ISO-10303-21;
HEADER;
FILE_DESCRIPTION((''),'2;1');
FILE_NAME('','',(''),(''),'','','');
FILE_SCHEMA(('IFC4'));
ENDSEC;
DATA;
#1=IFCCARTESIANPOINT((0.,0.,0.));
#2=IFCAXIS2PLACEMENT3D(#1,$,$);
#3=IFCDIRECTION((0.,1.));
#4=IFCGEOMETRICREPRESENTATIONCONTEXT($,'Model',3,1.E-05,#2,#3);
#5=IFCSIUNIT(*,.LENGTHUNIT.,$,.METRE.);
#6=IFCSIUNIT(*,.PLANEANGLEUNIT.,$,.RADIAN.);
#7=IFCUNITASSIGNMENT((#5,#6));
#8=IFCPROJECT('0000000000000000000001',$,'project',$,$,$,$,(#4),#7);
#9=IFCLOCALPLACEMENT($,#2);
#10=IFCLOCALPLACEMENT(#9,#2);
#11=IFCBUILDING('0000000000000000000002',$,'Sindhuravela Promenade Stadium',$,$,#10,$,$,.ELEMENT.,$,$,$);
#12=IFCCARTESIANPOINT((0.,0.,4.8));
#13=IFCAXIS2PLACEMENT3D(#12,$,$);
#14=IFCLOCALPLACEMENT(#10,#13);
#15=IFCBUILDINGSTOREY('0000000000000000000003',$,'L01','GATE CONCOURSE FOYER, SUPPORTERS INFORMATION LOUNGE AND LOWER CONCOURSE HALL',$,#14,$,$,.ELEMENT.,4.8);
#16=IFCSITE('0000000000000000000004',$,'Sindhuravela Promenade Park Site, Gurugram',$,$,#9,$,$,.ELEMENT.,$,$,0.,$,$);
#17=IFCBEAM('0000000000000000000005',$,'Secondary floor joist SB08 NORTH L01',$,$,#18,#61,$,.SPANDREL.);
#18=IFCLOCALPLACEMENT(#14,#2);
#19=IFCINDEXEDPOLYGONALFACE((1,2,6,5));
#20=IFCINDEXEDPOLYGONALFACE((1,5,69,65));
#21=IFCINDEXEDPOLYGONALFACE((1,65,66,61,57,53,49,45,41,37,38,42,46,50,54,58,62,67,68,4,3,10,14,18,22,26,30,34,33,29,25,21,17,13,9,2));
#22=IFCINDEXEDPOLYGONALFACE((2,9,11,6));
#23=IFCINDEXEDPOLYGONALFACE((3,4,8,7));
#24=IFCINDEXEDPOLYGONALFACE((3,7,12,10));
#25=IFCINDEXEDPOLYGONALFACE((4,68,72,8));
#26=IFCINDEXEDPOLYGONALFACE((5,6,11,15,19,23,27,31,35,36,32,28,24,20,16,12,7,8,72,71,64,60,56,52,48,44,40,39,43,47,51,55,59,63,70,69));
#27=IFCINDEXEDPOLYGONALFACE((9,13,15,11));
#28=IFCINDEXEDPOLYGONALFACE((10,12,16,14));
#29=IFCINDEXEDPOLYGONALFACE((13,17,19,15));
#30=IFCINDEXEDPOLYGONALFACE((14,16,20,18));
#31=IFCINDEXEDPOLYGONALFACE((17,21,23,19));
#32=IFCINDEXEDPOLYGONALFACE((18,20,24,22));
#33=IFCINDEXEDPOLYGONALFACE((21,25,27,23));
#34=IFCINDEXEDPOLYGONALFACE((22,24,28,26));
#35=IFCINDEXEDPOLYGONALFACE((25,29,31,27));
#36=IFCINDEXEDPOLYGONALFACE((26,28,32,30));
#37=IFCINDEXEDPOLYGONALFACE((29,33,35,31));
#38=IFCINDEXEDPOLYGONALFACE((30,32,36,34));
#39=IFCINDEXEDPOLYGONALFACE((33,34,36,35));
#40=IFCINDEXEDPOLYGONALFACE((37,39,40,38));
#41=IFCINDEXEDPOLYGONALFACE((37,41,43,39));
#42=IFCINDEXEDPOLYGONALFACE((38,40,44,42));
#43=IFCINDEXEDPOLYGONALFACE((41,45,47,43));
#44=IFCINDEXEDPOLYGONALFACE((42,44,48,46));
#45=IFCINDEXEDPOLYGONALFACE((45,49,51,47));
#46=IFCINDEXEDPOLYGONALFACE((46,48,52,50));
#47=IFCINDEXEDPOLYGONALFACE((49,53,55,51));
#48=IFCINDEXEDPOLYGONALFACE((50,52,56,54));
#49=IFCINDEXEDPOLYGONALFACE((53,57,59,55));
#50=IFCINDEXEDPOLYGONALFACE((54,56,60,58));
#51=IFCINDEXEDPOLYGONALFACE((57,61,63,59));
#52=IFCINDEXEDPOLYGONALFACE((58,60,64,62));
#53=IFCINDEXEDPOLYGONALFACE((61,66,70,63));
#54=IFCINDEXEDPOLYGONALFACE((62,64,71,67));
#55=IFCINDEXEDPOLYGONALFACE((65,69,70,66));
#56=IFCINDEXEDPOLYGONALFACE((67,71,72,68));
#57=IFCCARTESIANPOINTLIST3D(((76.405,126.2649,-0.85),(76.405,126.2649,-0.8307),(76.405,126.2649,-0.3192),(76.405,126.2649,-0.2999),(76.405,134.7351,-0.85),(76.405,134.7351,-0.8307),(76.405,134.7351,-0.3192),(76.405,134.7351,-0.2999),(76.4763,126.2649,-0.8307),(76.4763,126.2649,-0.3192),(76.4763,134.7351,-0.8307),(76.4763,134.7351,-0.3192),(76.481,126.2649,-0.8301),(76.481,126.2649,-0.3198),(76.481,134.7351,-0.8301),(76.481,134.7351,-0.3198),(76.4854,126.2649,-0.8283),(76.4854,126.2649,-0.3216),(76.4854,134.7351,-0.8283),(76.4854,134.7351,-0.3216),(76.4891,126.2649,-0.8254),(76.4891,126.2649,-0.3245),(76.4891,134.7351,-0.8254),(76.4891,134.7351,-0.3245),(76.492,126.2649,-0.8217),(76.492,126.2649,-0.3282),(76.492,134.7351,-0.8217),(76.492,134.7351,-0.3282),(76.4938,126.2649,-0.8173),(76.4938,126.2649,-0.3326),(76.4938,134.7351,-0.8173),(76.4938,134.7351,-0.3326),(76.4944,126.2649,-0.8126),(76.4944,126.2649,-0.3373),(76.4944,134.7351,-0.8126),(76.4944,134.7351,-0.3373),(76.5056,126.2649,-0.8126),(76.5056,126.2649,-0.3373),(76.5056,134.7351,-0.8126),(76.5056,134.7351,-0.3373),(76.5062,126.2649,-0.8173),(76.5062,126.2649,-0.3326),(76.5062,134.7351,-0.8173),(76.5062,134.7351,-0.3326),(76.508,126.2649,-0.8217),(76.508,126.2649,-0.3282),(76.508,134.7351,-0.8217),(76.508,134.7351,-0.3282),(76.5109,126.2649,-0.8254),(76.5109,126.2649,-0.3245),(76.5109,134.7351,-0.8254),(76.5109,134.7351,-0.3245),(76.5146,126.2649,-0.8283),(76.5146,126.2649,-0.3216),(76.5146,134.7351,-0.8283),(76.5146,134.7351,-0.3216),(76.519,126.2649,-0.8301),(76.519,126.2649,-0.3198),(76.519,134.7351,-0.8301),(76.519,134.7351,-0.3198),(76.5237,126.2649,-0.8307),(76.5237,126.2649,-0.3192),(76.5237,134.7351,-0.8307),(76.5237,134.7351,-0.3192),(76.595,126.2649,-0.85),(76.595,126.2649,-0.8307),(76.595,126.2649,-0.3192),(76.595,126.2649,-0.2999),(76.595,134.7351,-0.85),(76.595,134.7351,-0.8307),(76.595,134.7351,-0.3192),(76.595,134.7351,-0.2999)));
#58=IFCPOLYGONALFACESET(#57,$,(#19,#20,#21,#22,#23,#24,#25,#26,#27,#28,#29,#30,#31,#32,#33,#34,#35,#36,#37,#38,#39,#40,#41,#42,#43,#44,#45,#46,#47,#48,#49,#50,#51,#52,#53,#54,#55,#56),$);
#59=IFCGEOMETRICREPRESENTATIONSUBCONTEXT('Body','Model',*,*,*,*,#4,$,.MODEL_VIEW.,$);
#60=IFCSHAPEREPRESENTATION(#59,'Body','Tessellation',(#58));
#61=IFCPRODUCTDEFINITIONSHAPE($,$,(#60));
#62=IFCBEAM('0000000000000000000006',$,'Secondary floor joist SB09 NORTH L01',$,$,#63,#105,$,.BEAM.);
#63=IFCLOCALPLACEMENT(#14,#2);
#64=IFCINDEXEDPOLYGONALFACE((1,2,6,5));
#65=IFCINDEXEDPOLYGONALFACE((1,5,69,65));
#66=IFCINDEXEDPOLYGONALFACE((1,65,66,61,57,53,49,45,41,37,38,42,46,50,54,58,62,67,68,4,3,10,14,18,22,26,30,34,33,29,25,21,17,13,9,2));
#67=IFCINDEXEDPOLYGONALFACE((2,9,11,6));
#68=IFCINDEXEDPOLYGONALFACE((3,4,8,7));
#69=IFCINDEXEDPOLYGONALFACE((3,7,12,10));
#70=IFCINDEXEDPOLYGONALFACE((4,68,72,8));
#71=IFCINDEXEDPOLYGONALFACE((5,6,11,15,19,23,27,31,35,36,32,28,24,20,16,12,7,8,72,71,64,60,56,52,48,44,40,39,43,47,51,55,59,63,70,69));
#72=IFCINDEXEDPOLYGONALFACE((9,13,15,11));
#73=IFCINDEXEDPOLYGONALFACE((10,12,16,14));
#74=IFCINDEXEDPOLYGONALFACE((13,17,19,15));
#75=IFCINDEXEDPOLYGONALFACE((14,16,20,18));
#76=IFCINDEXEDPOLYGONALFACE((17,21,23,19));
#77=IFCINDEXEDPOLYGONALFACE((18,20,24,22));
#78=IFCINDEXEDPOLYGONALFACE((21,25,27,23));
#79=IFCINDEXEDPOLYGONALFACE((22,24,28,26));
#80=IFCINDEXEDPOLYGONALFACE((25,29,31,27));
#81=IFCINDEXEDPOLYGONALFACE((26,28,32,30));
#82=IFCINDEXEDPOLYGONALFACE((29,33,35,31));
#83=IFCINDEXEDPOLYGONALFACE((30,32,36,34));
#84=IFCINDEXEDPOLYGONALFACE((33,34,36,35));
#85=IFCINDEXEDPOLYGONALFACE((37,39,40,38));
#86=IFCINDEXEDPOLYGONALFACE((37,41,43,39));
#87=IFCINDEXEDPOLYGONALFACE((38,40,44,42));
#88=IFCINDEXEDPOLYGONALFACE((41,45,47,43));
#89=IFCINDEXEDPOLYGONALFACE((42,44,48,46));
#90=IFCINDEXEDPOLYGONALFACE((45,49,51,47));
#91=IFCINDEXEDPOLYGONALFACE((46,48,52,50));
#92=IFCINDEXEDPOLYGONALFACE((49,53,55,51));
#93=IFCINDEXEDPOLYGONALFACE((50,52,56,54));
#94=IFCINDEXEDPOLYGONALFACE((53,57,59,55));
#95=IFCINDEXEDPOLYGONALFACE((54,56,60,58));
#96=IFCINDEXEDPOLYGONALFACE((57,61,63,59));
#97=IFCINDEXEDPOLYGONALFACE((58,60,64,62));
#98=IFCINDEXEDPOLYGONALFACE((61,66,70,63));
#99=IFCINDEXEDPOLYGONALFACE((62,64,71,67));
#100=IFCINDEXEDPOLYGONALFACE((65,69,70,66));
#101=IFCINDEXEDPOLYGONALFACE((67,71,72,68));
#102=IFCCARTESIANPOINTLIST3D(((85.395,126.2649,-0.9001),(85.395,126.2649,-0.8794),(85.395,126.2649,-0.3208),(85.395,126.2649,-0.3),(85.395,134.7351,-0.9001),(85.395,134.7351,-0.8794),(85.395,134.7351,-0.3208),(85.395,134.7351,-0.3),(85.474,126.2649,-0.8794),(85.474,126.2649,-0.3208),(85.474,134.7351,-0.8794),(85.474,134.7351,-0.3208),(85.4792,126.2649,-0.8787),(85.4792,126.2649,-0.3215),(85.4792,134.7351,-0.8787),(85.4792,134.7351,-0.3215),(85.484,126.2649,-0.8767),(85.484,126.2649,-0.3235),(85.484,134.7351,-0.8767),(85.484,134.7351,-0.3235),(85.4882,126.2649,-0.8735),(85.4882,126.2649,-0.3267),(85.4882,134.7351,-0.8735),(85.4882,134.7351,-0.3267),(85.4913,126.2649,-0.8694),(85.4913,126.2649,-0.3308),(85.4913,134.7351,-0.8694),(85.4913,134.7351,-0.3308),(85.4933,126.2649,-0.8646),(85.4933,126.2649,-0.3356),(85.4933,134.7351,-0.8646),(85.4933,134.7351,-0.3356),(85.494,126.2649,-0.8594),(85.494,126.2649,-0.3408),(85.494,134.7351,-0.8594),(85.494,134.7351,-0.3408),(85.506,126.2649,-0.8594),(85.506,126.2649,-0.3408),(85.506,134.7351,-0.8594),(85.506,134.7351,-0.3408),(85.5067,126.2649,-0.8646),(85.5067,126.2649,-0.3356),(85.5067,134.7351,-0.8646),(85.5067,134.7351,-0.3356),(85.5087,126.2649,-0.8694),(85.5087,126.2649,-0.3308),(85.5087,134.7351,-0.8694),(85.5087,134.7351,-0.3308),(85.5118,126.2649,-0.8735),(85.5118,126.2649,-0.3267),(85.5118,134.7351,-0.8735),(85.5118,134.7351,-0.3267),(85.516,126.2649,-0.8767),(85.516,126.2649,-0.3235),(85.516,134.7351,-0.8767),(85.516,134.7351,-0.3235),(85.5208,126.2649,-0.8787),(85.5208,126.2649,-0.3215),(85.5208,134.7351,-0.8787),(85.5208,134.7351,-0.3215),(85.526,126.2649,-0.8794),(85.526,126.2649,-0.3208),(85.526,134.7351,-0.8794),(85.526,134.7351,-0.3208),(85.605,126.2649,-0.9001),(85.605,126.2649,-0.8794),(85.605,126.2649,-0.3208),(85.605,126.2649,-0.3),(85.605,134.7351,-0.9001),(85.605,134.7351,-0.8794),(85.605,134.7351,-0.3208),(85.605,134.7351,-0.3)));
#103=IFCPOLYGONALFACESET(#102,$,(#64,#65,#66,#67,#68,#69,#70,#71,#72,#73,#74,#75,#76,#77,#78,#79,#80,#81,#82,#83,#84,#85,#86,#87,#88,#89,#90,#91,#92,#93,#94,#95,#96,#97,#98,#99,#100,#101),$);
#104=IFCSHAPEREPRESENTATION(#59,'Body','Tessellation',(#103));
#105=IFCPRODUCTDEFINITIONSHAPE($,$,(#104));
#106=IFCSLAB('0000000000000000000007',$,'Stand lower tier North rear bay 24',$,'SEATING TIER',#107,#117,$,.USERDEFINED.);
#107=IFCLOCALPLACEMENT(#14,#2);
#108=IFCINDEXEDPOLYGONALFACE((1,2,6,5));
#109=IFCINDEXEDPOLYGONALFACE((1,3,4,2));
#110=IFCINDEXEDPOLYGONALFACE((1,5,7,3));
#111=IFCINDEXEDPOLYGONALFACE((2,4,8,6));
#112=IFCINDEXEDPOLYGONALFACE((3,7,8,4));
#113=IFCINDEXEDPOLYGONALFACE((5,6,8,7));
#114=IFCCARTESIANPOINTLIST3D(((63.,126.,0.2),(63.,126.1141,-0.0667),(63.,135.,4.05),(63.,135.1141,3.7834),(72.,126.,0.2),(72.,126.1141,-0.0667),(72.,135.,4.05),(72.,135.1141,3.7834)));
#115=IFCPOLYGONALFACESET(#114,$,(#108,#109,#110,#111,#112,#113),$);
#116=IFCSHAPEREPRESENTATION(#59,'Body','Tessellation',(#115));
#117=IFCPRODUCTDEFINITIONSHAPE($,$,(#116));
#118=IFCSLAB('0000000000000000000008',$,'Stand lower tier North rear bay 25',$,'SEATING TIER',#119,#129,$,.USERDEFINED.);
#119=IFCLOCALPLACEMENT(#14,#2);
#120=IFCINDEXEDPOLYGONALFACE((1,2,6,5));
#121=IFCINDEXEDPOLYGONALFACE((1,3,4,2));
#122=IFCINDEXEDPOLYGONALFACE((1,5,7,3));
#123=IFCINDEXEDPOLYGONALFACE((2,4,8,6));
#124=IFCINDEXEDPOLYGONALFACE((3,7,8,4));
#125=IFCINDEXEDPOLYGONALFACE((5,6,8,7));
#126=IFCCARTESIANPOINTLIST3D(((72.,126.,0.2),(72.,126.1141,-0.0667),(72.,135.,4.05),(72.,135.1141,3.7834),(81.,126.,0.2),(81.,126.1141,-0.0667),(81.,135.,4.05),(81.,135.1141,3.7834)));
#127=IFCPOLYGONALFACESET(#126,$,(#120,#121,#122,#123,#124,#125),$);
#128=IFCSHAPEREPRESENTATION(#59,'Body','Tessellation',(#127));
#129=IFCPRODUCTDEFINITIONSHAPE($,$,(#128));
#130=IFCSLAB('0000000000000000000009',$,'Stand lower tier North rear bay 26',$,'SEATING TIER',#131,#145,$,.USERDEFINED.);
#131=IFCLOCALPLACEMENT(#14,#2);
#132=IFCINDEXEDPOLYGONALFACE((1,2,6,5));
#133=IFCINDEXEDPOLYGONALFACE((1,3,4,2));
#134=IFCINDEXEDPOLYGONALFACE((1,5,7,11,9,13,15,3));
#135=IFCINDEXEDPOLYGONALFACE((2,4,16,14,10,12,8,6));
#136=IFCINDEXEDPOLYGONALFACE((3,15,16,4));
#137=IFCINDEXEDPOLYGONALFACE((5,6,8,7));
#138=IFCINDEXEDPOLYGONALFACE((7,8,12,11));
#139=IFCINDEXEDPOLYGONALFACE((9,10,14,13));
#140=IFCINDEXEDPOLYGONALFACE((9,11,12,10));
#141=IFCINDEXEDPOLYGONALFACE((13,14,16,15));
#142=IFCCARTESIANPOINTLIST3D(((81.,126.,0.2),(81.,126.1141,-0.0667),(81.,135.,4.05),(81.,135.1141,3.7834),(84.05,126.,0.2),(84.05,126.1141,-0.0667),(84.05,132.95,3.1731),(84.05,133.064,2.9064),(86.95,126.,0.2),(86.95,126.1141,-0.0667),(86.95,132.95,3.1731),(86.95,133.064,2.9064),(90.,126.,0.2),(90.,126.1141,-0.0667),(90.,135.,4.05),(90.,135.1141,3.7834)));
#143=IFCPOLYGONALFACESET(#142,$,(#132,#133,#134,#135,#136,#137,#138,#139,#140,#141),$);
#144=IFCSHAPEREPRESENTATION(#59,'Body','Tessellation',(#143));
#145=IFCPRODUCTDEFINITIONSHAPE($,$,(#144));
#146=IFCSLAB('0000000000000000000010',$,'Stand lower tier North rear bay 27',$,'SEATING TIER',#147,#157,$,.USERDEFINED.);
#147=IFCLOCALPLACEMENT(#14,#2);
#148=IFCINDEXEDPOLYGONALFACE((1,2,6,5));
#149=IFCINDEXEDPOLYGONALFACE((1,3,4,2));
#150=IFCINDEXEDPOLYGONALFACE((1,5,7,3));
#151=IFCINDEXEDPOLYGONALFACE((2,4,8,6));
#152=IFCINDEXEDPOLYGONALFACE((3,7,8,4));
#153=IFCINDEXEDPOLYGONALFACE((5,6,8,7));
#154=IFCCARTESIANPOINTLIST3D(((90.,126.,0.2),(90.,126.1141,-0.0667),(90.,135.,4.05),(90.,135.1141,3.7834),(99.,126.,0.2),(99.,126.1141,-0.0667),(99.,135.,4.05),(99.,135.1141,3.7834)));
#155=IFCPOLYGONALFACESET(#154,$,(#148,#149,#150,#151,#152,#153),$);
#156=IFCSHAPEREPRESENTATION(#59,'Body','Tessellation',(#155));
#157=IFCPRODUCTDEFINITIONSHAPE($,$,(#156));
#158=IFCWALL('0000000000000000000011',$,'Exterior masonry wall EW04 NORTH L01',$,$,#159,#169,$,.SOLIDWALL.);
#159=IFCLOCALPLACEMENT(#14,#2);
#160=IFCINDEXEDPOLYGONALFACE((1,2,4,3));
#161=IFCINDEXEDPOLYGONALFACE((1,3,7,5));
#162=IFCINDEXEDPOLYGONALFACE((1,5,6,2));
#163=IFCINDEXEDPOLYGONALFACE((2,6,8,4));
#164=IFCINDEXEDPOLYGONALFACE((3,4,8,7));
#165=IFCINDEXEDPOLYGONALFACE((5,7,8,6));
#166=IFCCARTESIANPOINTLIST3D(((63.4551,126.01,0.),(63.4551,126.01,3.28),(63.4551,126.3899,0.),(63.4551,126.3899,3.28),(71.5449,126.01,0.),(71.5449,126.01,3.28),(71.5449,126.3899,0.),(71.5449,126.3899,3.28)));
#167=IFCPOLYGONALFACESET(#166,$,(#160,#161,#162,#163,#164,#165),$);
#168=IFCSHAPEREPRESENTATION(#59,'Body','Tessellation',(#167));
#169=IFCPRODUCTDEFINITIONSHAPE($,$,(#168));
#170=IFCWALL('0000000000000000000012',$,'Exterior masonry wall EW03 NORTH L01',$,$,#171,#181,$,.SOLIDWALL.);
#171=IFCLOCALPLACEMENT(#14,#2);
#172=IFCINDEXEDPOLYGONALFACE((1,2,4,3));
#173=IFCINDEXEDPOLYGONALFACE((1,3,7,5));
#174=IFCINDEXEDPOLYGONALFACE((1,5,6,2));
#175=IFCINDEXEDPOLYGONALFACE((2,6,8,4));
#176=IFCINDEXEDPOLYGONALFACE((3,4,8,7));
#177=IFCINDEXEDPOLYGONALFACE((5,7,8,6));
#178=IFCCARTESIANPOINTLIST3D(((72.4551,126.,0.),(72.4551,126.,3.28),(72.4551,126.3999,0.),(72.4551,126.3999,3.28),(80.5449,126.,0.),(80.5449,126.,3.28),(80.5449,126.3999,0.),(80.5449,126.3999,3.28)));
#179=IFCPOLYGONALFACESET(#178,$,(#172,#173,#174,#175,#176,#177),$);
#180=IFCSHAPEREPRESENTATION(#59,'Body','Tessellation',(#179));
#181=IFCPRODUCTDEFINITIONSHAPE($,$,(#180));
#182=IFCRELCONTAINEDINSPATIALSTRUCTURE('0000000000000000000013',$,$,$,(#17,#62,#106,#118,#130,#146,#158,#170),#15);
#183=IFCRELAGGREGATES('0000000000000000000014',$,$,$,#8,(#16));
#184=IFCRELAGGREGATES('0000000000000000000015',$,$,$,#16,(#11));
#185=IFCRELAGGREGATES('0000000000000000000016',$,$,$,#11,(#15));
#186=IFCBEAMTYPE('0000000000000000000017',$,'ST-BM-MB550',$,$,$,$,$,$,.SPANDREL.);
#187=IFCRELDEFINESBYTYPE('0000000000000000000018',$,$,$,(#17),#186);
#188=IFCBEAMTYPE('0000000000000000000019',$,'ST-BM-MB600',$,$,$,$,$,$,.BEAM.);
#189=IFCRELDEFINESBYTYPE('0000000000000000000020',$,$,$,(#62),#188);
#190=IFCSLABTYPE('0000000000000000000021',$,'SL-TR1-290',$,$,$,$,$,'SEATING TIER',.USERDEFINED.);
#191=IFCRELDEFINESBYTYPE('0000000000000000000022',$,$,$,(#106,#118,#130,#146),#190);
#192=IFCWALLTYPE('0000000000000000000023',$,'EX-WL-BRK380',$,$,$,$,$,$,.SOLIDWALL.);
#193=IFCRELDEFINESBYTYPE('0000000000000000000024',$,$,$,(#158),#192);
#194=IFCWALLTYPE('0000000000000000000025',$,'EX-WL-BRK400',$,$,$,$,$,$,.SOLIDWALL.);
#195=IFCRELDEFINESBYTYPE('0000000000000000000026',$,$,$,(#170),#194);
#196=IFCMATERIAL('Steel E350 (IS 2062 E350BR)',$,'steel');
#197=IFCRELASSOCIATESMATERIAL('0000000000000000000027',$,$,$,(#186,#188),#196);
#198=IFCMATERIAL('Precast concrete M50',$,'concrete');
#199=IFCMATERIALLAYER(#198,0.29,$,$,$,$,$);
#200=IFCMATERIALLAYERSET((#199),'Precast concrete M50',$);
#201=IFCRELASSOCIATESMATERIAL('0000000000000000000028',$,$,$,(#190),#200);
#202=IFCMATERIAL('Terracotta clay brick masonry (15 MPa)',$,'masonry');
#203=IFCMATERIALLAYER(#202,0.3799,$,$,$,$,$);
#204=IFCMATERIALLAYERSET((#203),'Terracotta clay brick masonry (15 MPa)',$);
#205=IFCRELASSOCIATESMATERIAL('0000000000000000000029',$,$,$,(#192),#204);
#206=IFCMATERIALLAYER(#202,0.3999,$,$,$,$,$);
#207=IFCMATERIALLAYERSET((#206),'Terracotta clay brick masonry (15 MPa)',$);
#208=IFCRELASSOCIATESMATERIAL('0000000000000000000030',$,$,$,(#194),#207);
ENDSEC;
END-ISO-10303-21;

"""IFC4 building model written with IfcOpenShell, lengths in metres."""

from ifc_helpers import new_model, si_unit, direction, frame, frame_2d, origin, origin_2d, place, context, subcontext, project, spatial, polyline, rectangle, i_section, outline, extrude, material, layer, layer_set, material_profile, profile_set, type_object, element, save


model = new_model("IFC4")

# Units and contexts
model_context = context("Model", 3, precision=1e-05, world=origin(), true_north=direction((0.0, 1.0)))
body_context = subcontext(model_context, "Body", "Model", "MODEL_VIEW")
ifc_project = project(units=[si_unit("LENGTHUNIT", "METRE"), si_unit("PLANEANGLEUNIT", "RADIAN")], contexts=[model_context])

# Site, building, storey
site_placement = place(None, origin())
site = spatial("IfcSite", under=ifc_project, at=site_placement, Name="Sindhuravela Promenade Park Site, Gurugram", CompositionType="ELEMENT", RefElevation=0.0)
building_placement = place(site_placement, origin())
building = spatial("IfcBuilding", under=site, at=building_placement, Name="Sindhuravela Promenade Stadium", CompositionType="ELEMENT")
storey_placement = place(building_placement, frame((0.0, 0.0, 4.8)))
storey = spatial("IfcBuildingStorey", under=building, at=storey_placement, Name="L01", Description="GATE CONCOURSE FOYER, SUPPORTERS INFORMATION LOUNGE AND LOWER CONCOURSE HALL", CompositionType="ELEMENT", Elevation=4.8)

# Beams
ifc_material_1 = material(Name="Steel E350 (IS 2062 E350BR)", Category="steel")
ifc_material_profile_1 = material_profile(ifc_material_1, i_section(OverallWidth=0.1899, OverallDepth=0.55, WebThickness=0.0112, FlangeThickness=0.0193, FilletRadius=0.0181, at=origin_2d()), Name="ISMB 550")
ifc_profile_set_1 = profile_set([ifc_material_profile_1], Name="Steel E350 (IS 2062 E350BR)")
beam_type_1 = type_object("IfcBeamType", Name="ST-BM-MB550", PredefinedType="SPANDREL", material=ifc_profile_set_1)
beam_1_placement = place(storey_placement, frame((76.5, 126.2649, -0.575), z_axis=(0.0, 1.0, 0.0), x_axis=(-1.0, 0.0, 0.0)))
element("IfcBeam", 1, at=beam_1_placement, inside=storey, type_object=beam_type_1, Name="Secondary floor joist SB08 NORTH L01", PredefinedType="SPANDREL", context=body_context, shape_type="SweptSolid", body=[
    extrude(i_section(OverallWidth=0.1899, OverallDepth=0.55, WebThickness=0.0112, FlangeThickness=0.0193, FilletRadius=0.0181, at=origin_2d()), origin(), (0.0, 0.0, 1.0), 8.4702),
])
ifc_material_profile_2 = material_profile(ifc_material_1, i_section(OverallWidth=0.21, OverallDepth=0.6001, WebThickness=0.012, FlangeThickness=0.0208, FilletRadius=0.02, at=origin_2d()), Name="ISMB 600")
ifc_profile_set_2 = profile_set([ifc_material_profile_2], Name="Steel E350 (IS 2062 E350BR)")
beam_type_2 = type_object("IfcBeamType", Name="ST-BM-MB600", PredefinedType="BEAM", material=ifc_profile_set_2)
beam_2_placement = place(storey_placement, frame((85.5, 126.2649, -0.6001), z_axis=(0.0, 1.0, 0.0), x_axis=(-1.0, 0.0, 0.0)))
element("IfcBeam", 2, at=beam_2_placement, inside=storey, type_object=beam_type_2, Name="Secondary floor joist SB09 NORTH L01", PredefinedType="BEAM", context=body_context, shape_type="SweptSolid", body=[
    extrude(i_section(OverallWidth=0.21, OverallDepth=0.6001, WebThickness=0.012, FlangeThickness=0.0208, FilletRadius=0.02, at=origin_2d()), origin(), (0.0, 0.0, 1.0), 8.4702),
])

# Slabs
ifc_material_2 = material(Name="Precast concrete M50", Category="concrete")
ifc_layer_1 = layer(ifc_material_2, 0.29)
ifc_layer_set_1 = layer_set([ifc_layer_1], Name="Precast concrete M50")
slab_type = type_object("IfcSlabType", Name="SL-TR1-290", ElementType="SEATING TIER", PredefinedType="USERDEFINED", material=ifc_layer_set_1)
for number, where, z_axis, x_axis, name in (
    (3, (63.0, 126.0, 0.2), (0.0, -0.393311, 0.919405), (1.0, 0.0, 0.0), "Stand lower tier North rear bay 24"),
    (4, (72.0, 126.0, 0.2), (0.0, -0.393311, 0.919405), (1.0, 0.0, 0.0), "Stand lower tier North rear bay 25"),
):
    element("IfcSlab", number, at=place(storey_placement, frame(where, z_axis=z_axis, x_axis=x_axis)), inside=storey, type_object=slab_type, Name=name, ObjectType="SEATING TIER", PredefinedType="USERDEFINED", context=body_context, shape_type="SweptSolid", body=[
        extrude(outline(polyline([(0.0, 0.0), (9.0, 0.0), (9.0, 9.7889), (0.0, 9.7889), (0.0, 0.0)])), origin(), (0.0, 0.0, -1.0), 0.29),
    ])
slab_1_placement = place(storey_placement, frame((81.0, 126.0, 0.2), z_axis=(0.0, -0.39331, 0.919406), x_axis=(1.0, 0.0, 0.0)))
element("IfcSlab", 5, at=slab_1_placement, inside=storey, type_object=slab_type, Name="Stand lower tier North rear bay 26", ObjectType="SEATING TIER", PredefinedType="USERDEFINED", context=body_context, shape_type="SweptSolid", body=[
    extrude(outline(polyline([(0.0, 0.0), (3.05, 0.0), (3.05, 7.5592), (5.95, 7.5592), (5.95, 0.0), (9.0, 0.0), (9.0, 9.7889), (0.0, 9.7889), (0.0, 0.0)])), origin(), (0.0, 0.0, -1.0), 0.29),
])
slab_2_placement = place(storey_placement, frame((90.0, 126.0, 0.2), z_axis=(0.0, -0.393311, 0.919405), x_axis=(1.0, 0.0, 0.0)))
element("IfcSlab", 6, at=slab_2_placement, inside=storey, type_object=slab_type, Name="Stand lower tier North rear bay 27", ObjectType="SEATING TIER", PredefinedType="USERDEFINED", context=body_context, shape_type="SweptSolid", body=[
    extrude(outline(polyline([(0.0, 0.0), (9.0, 0.0), (9.0, 9.7889), (0.0, 9.7889), (0.0, 0.0)])), origin(), (0.0, 0.0, -1.0), 0.29),
])

# Walls
ifc_material_3 = material(Name="Terracotta clay brick masonry (15 MPa)", Category="masonry")
ifc_layer_2 = layer(ifc_material_3, 0.3799)
ifc_layer_set_2 = layer_set([ifc_layer_2], Name="Terracotta clay brick masonry (15 MPa)")
wall_type_1 = type_object("IfcWallType", Name="EX-WL-BRK380", PredefinedType="SOLIDWALL", material=ifc_layer_set_2)
wall_1_placement = place(storey_placement, frame((71.5449, 126.2, 0.0), z_axis=(0.0, 0.0, 1.0), x_axis=(-1.0, 0.0, 0.0)))
element("IfcWall", 7, at=wall_1_placement, inside=storey, type_object=wall_type_1, Name="Exterior masonry wall EW04 NORTH L01", PredefinedType="SOLIDWALL", context=body_context, shape_type="SweptSolid", body=[
    extrude(rectangle(XDim=8.0898, YDim=0.3799, at=frame_2d((4.0449, 0.0))), origin(), (0.0, 0.0, 1.0), 3.28),
])
ifc_layer_3 = layer(ifc_material_3, 0.3999)
ifc_layer_set_3 = layer_set([ifc_layer_3], Name="Terracotta clay brick masonry (15 MPa)")
wall_type_2 = type_object("IfcWallType", Name="EX-WL-BRK400", PredefinedType="SOLIDWALL", material=ifc_layer_set_3)
wall_2_placement = place(storey_placement, frame((80.5449, 126.2, 0.0), z_axis=(0.0, 0.0, 1.0), x_axis=(-1.0, 0.0, 0.0)))
element("IfcWall", 8, at=wall_2_placement, inside=storey, type_object=wall_type_2, Name="Exterior masonry wall EW03 NORTH L01", PredefinedType="SOLIDWALL", context=body_context, shape_type="SweptSolid", body=[
    extrude(rectangle(XDim=8.0898, YDim=0.3999, at=frame_2d((4.0449, 0.0))), origin(), (0.0, 0.0, 1.0), 3.28),
])

save(model, "model.ifc")
